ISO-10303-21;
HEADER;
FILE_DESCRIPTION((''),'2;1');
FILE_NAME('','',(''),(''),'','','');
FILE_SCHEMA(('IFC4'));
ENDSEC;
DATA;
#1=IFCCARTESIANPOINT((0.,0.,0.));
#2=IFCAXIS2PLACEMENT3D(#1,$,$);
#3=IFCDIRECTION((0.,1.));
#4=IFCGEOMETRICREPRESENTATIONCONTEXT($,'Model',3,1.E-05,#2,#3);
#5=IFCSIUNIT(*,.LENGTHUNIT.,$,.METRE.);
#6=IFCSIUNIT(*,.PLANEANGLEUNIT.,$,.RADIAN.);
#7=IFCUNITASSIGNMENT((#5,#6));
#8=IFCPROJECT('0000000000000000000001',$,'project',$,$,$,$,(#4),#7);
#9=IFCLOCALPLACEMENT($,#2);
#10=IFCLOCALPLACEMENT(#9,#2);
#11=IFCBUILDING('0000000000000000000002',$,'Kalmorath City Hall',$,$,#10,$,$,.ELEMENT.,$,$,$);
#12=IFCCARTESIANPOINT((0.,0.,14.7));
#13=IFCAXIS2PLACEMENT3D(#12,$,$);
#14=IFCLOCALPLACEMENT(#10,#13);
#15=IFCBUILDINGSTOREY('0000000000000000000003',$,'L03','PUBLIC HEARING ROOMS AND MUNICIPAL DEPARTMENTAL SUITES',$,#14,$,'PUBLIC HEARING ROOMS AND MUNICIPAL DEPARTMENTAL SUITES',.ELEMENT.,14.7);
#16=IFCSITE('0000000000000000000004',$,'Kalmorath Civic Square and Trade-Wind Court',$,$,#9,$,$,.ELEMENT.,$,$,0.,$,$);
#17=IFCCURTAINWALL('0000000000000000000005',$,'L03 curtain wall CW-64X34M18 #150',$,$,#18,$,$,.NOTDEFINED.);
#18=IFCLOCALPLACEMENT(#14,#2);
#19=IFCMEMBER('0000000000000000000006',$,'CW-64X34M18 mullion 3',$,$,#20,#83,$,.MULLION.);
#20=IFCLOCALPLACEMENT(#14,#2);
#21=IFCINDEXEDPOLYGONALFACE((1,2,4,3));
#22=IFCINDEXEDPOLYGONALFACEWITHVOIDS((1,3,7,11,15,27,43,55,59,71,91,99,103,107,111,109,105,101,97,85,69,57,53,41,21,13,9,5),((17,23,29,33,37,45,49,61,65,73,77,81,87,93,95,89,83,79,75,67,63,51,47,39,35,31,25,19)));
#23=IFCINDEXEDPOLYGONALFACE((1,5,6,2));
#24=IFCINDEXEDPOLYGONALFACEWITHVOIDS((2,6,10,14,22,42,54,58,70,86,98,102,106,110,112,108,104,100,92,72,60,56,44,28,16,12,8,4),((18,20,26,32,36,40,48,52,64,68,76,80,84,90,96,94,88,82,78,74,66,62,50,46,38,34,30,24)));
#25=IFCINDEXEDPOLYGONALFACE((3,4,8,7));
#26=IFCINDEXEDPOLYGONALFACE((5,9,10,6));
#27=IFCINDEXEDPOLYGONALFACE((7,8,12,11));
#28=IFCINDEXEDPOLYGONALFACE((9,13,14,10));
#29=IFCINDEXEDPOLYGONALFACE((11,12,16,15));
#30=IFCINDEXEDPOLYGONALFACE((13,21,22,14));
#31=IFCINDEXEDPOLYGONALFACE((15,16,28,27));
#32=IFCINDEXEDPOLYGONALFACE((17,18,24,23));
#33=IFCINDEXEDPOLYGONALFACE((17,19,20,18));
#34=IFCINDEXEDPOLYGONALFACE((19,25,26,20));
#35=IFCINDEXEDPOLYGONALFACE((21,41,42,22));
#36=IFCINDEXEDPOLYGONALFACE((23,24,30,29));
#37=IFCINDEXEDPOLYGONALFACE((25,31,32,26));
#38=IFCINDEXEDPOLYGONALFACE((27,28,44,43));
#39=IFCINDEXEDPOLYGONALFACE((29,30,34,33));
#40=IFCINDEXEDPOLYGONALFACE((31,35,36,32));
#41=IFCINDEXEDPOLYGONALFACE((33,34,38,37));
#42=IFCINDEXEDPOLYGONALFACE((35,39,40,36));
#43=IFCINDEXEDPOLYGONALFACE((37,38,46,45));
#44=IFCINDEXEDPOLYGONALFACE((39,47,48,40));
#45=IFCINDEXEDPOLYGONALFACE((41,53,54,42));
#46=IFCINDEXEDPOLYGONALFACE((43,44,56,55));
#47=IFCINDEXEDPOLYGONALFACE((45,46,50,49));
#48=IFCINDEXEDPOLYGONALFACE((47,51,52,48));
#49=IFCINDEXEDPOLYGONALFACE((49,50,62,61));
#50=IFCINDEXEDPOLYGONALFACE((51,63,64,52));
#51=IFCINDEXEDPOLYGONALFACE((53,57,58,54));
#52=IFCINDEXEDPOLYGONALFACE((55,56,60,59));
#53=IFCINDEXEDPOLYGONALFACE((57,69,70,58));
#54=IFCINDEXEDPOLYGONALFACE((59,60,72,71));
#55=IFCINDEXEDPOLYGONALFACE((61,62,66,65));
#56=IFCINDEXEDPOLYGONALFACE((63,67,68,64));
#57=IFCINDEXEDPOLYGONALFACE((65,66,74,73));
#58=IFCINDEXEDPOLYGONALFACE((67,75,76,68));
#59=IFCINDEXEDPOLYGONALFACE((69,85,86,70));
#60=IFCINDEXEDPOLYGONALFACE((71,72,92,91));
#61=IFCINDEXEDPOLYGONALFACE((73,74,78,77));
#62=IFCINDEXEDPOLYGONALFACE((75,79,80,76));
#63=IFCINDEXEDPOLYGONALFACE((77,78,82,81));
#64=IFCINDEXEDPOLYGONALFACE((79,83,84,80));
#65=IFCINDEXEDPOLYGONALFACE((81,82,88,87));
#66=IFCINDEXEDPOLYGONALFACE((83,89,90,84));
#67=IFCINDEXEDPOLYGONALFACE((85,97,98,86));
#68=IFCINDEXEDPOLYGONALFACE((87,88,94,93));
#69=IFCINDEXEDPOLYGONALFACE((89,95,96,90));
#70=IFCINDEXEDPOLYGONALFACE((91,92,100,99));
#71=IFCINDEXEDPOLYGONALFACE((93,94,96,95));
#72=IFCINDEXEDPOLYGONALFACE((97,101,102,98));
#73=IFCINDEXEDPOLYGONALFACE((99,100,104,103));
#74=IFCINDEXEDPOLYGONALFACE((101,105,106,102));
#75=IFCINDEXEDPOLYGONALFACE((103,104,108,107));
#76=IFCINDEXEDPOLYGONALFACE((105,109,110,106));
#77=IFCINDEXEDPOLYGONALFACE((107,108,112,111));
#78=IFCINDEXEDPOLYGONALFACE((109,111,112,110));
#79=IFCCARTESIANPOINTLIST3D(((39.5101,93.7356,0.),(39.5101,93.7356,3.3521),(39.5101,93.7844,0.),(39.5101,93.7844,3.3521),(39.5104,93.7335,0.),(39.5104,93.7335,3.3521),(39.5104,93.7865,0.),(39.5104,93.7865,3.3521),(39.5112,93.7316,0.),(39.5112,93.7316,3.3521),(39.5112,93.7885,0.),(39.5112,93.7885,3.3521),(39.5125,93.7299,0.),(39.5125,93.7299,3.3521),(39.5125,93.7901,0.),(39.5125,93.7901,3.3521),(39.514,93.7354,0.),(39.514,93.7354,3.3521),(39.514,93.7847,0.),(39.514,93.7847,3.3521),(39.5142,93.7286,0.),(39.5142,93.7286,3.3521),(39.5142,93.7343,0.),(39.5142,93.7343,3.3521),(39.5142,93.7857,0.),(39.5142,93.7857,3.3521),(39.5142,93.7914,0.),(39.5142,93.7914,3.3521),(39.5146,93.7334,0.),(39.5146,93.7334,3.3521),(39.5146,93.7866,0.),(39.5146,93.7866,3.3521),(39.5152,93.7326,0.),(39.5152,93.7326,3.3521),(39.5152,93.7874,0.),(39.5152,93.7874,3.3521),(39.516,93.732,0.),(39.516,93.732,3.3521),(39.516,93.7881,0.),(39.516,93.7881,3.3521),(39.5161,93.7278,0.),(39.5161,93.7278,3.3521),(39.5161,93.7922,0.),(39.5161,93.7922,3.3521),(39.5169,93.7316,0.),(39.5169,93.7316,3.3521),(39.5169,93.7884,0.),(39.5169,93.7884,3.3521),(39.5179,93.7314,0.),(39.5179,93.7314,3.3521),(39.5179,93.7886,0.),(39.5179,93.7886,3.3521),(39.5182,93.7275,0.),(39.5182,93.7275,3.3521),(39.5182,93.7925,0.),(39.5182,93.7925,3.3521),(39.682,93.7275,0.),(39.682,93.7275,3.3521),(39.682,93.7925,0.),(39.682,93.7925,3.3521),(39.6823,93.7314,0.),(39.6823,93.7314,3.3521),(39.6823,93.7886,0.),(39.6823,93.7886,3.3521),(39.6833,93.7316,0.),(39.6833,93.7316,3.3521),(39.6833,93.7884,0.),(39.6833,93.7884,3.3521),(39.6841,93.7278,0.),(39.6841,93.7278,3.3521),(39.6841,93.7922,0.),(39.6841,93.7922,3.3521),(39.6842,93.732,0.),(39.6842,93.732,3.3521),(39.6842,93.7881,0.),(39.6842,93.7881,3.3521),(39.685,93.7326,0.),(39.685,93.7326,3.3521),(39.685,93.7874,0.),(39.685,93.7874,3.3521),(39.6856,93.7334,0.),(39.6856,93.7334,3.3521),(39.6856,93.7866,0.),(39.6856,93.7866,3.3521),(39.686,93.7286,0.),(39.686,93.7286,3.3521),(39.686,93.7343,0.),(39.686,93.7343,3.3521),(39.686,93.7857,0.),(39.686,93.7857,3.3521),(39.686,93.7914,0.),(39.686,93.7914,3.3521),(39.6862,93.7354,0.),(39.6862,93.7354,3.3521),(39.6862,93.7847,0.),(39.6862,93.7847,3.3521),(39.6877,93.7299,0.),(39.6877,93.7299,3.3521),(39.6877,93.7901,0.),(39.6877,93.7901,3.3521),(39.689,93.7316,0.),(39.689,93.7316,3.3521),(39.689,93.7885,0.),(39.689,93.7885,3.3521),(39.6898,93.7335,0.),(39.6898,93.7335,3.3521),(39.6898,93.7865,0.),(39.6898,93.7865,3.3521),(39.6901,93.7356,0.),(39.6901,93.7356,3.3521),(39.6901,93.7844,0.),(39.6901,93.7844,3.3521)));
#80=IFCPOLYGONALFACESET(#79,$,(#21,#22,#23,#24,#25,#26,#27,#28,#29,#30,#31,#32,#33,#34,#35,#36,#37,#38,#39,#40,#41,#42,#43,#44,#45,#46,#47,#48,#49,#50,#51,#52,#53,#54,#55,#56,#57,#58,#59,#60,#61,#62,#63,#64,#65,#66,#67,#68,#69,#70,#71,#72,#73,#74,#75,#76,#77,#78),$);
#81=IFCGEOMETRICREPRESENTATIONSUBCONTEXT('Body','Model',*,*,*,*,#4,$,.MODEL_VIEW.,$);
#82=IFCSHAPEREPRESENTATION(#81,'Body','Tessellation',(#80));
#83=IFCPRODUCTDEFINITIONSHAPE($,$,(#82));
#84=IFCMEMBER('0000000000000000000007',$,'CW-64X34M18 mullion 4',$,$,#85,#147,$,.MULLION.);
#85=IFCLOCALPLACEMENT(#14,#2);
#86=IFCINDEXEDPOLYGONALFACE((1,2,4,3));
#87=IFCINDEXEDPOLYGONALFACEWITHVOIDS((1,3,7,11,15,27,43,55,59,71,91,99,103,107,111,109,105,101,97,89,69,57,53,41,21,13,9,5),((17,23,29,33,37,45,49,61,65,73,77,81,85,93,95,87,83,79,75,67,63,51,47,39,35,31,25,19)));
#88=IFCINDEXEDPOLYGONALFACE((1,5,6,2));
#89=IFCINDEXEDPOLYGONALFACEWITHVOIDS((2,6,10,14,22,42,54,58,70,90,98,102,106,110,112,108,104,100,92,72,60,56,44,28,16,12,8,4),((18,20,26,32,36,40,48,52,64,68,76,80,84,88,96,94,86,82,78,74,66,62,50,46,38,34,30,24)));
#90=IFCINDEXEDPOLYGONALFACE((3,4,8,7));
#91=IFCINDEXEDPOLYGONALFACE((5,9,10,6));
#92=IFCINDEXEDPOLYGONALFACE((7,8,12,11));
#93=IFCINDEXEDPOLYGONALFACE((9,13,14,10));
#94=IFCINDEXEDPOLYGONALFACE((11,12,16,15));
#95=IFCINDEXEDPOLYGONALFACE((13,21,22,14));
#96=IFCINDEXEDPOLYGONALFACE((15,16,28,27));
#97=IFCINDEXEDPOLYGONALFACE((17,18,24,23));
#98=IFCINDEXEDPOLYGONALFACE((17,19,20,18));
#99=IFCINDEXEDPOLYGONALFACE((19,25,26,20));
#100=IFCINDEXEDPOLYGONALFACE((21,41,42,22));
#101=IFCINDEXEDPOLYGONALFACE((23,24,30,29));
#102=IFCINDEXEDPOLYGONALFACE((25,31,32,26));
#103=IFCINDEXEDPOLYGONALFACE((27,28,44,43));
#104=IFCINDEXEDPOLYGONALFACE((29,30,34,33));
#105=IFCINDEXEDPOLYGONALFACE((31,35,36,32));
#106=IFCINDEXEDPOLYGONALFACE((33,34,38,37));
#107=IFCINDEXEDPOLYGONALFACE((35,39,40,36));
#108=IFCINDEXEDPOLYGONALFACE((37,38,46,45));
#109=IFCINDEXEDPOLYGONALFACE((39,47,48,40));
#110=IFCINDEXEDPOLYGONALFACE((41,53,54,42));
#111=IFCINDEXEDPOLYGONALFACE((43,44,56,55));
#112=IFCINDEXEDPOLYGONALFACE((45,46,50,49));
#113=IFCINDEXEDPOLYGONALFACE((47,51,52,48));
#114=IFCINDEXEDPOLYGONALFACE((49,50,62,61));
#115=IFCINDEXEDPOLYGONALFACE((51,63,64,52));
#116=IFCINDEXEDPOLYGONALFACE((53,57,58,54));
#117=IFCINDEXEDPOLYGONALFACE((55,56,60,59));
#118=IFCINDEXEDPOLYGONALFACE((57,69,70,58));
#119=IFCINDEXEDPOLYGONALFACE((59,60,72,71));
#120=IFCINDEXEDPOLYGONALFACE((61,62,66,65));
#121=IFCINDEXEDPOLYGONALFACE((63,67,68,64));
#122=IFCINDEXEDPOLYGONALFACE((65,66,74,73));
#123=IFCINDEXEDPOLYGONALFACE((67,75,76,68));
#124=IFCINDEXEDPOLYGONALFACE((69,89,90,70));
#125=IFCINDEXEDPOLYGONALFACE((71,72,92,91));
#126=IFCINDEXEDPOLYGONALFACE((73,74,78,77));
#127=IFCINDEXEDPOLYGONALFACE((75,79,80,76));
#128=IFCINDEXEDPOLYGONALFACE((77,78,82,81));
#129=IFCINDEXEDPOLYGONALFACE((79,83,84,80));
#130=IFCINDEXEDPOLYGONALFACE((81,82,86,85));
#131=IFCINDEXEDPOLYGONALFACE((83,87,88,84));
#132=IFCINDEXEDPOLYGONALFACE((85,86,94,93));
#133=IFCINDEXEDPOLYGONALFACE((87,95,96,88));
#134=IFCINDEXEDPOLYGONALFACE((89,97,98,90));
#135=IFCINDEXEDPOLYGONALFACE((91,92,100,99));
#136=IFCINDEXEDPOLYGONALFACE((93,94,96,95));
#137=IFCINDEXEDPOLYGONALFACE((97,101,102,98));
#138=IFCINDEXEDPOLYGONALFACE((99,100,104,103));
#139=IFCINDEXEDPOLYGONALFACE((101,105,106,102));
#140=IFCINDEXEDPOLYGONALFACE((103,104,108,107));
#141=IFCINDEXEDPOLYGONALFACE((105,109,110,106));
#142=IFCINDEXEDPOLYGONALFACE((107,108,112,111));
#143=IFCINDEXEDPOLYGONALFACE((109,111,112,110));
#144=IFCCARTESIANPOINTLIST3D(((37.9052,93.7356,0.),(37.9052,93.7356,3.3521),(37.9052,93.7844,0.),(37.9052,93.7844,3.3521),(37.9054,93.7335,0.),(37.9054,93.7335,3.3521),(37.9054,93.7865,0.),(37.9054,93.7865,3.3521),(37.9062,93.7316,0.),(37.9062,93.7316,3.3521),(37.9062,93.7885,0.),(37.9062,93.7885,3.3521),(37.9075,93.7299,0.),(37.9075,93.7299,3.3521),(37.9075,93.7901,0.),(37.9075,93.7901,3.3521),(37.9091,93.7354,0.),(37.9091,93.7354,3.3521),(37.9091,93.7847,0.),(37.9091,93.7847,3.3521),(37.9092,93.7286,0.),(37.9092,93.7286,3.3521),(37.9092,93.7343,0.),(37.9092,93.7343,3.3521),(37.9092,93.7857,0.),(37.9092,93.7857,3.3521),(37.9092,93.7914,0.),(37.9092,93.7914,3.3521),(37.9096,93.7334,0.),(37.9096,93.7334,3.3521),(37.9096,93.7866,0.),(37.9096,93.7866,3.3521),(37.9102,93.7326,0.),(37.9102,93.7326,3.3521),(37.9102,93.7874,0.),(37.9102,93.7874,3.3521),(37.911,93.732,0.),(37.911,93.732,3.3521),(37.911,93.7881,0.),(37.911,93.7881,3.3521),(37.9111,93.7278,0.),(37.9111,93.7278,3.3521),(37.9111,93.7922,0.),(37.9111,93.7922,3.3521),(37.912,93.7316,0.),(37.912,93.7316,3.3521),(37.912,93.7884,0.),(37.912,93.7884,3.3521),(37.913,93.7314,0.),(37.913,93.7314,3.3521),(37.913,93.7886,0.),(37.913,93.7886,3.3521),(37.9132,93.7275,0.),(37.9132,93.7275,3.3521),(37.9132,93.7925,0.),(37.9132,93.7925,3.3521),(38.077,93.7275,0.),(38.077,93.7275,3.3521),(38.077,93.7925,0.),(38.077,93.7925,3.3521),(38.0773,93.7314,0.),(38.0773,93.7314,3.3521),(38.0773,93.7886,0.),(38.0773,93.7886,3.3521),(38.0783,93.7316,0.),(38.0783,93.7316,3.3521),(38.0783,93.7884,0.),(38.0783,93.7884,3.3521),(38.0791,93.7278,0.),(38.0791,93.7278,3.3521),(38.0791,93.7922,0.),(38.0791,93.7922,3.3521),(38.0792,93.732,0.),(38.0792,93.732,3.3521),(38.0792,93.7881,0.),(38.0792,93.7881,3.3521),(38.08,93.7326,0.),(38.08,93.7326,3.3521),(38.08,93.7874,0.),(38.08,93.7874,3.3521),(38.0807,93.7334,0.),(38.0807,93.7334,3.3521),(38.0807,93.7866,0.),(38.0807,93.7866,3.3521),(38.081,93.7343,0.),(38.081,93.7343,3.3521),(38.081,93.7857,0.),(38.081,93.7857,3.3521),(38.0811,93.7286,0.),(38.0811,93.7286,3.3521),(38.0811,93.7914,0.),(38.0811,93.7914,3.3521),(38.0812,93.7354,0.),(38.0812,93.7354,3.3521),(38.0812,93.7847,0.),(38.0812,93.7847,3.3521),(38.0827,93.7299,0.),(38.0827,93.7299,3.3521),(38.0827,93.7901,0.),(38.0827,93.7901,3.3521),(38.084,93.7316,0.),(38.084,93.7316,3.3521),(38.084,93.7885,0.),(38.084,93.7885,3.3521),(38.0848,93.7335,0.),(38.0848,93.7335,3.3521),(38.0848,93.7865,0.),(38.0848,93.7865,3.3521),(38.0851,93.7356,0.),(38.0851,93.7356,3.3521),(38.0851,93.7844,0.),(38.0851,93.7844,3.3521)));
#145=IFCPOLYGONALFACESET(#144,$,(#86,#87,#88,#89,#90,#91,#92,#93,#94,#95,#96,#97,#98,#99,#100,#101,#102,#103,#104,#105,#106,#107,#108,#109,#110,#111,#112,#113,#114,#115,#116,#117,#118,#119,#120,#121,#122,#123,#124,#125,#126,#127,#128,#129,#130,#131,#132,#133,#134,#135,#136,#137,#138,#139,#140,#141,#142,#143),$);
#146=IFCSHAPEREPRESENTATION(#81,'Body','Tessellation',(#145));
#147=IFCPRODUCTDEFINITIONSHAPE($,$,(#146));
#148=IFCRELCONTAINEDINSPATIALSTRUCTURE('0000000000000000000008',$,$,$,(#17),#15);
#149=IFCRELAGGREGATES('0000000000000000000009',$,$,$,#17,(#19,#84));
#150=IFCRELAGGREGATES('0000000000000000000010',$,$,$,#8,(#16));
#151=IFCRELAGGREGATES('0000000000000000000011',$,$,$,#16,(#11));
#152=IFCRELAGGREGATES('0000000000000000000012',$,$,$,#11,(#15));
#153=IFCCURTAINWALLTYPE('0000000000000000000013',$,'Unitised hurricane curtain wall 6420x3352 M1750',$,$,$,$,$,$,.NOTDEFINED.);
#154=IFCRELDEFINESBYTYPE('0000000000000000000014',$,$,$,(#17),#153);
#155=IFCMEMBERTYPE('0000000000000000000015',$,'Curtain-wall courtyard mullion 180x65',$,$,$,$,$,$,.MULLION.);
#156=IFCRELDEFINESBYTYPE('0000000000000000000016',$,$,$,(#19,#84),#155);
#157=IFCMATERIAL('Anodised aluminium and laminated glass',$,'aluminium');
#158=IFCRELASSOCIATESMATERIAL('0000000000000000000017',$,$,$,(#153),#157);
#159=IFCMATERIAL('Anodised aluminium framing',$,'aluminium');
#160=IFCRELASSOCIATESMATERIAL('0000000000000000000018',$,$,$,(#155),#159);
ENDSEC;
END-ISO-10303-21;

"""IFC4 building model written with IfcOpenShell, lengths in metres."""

from ifc_helpers import new_model, si_unit, direction, frame, origin, origin_2d, place, context, subcontext, project, spatial, hollow_rectangle, extrude, material, material_profile, profile_set, type_object, element, aggregate, save


model = new_model("IFC4")

# Units and contexts
model_context = context("Model", 3, precision=1e-05, world=origin(), true_north=direction((0.0, 1.0)))
body_context = subcontext(model_context, "Body", "Model", "MODEL_VIEW")
ifc_project = project(units=[si_unit("LENGTHUNIT", "METRE"), si_unit("PLANEANGLEUNIT", "RADIAN")], contexts=[model_context])

# Site, building, storey
site_placement = place(None, origin())
site = spatial("IfcSite", under=ifc_project, at=site_placement, Name="Kalmorath Civic Square and Trade-Wind Court", CompositionType="ELEMENT", RefElevation=0.0)
building_placement = place(site_placement, origin())
building = spatial("IfcBuilding", under=site, at=building_placement, Name="Kalmorath City Hall", CompositionType="ELEMENT")
storey_placement = place(building_placement, frame((0.0, 0.0, 14.7)))
storey = spatial("IfcBuildingStorey", under=building, at=storey_placement, Name="L03", Description="PUBLIC HEARING ROOMS AND MUNICIPAL DEPARTMENTAL SUITES", LongName="PUBLIC HEARING ROOMS AND MUNICIPAL DEPARTMENTAL SUITES", CompositionType="ELEMENT", Elevation=14.7)

# Curtain wall, members
ifc_material_1 = material(Name="Anodised aluminium and laminated glass", Category="aluminium")
curtain_wall_type = type_object("IfcCurtainWallType", Name="Unitised hurricane curtain wall 6420x3352 M1750", PredefinedType="NOTDEFINED", material=ifc_material_1)
curtain_wall_placement = place(storey_placement, origin())
curtain_wall = element("IfcCurtainWall", 1, at=curtain_wall_placement, inside=storey, type_object=curtain_wall_type, Name="L03 curtain wall CW-64X34M18 #150", PredefinedType="NOTDEFINED")
ifc_material_2 = material(Name="Anodised aluminium framing", Category="aluminium")
ifc_material_profile_1 = material_profile(ifc_material_2, hollow_rectangle(XDim=0.0649, YDim=0.1799, WallThickness=0.0039, InnerFilletRadius=0.0039, OuterFilletRadius=0.0081, at=origin_2d()), Name="ALU-MUL-180X65X4")
ifc_profile_set_1 = profile_set([ifc_material_profile_1], Name="Anodised aluminium framing")
member_type_1 = type_object("IfcMemberType", Name="Curtain-wall courtyard mullion 180x65", PredefinedType="MULLION", material=ifc_profile_set_1)
member_1_placement = place(storey_placement, frame((39.6001, 93.76, 0.0), z_axis=(0.0, 0.0, 1.0), x_axis=(0.0, -1.0, 0.0)))
member_1 = element("IfcMember", 2, at=member_1_placement, type_object=member_type_1, Name="CW-64X34M18 mullion 3", PredefinedType="MULLION", context=body_context, shape_type="SweptSolid", body=[
    extrude(hollow_rectangle(XDim=0.0649, YDim=0.1799, WallThickness=0.0039, InnerFilletRadius=0.0039, OuterFilletRadius=0.0081, at=origin_2d()), origin(), (0.0, 0.0, 1.0), 3.3521),
])
member_2_placement = place(storey_placement, frame((37.9951, 93.76, 0.0), z_axis=(0.0, 0.0, 1.0), x_axis=(0.0, -1.0, 0.0)))
member_2 = element("IfcMember", 3, at=member_2_placement, type_object=member_type_1, Name="CW-64X34M18 mullion 4", PredefinedType="MULLION", context=body_context, shape_type="SweptSolid", body=[
    extrude(hollow_rectangle(XDim=0.0649, YDim=0.1799, WallThickness=0.0039, InnerFilletRadius=0.0039, OuterFilletRadius=0.0081, at=origin_2d()), origin(), (0.0, 0.0, 1.0), 3.3521),
])
aggregate(curtain_wall, [member_1, member_2])

save(model, "model.ifc")
